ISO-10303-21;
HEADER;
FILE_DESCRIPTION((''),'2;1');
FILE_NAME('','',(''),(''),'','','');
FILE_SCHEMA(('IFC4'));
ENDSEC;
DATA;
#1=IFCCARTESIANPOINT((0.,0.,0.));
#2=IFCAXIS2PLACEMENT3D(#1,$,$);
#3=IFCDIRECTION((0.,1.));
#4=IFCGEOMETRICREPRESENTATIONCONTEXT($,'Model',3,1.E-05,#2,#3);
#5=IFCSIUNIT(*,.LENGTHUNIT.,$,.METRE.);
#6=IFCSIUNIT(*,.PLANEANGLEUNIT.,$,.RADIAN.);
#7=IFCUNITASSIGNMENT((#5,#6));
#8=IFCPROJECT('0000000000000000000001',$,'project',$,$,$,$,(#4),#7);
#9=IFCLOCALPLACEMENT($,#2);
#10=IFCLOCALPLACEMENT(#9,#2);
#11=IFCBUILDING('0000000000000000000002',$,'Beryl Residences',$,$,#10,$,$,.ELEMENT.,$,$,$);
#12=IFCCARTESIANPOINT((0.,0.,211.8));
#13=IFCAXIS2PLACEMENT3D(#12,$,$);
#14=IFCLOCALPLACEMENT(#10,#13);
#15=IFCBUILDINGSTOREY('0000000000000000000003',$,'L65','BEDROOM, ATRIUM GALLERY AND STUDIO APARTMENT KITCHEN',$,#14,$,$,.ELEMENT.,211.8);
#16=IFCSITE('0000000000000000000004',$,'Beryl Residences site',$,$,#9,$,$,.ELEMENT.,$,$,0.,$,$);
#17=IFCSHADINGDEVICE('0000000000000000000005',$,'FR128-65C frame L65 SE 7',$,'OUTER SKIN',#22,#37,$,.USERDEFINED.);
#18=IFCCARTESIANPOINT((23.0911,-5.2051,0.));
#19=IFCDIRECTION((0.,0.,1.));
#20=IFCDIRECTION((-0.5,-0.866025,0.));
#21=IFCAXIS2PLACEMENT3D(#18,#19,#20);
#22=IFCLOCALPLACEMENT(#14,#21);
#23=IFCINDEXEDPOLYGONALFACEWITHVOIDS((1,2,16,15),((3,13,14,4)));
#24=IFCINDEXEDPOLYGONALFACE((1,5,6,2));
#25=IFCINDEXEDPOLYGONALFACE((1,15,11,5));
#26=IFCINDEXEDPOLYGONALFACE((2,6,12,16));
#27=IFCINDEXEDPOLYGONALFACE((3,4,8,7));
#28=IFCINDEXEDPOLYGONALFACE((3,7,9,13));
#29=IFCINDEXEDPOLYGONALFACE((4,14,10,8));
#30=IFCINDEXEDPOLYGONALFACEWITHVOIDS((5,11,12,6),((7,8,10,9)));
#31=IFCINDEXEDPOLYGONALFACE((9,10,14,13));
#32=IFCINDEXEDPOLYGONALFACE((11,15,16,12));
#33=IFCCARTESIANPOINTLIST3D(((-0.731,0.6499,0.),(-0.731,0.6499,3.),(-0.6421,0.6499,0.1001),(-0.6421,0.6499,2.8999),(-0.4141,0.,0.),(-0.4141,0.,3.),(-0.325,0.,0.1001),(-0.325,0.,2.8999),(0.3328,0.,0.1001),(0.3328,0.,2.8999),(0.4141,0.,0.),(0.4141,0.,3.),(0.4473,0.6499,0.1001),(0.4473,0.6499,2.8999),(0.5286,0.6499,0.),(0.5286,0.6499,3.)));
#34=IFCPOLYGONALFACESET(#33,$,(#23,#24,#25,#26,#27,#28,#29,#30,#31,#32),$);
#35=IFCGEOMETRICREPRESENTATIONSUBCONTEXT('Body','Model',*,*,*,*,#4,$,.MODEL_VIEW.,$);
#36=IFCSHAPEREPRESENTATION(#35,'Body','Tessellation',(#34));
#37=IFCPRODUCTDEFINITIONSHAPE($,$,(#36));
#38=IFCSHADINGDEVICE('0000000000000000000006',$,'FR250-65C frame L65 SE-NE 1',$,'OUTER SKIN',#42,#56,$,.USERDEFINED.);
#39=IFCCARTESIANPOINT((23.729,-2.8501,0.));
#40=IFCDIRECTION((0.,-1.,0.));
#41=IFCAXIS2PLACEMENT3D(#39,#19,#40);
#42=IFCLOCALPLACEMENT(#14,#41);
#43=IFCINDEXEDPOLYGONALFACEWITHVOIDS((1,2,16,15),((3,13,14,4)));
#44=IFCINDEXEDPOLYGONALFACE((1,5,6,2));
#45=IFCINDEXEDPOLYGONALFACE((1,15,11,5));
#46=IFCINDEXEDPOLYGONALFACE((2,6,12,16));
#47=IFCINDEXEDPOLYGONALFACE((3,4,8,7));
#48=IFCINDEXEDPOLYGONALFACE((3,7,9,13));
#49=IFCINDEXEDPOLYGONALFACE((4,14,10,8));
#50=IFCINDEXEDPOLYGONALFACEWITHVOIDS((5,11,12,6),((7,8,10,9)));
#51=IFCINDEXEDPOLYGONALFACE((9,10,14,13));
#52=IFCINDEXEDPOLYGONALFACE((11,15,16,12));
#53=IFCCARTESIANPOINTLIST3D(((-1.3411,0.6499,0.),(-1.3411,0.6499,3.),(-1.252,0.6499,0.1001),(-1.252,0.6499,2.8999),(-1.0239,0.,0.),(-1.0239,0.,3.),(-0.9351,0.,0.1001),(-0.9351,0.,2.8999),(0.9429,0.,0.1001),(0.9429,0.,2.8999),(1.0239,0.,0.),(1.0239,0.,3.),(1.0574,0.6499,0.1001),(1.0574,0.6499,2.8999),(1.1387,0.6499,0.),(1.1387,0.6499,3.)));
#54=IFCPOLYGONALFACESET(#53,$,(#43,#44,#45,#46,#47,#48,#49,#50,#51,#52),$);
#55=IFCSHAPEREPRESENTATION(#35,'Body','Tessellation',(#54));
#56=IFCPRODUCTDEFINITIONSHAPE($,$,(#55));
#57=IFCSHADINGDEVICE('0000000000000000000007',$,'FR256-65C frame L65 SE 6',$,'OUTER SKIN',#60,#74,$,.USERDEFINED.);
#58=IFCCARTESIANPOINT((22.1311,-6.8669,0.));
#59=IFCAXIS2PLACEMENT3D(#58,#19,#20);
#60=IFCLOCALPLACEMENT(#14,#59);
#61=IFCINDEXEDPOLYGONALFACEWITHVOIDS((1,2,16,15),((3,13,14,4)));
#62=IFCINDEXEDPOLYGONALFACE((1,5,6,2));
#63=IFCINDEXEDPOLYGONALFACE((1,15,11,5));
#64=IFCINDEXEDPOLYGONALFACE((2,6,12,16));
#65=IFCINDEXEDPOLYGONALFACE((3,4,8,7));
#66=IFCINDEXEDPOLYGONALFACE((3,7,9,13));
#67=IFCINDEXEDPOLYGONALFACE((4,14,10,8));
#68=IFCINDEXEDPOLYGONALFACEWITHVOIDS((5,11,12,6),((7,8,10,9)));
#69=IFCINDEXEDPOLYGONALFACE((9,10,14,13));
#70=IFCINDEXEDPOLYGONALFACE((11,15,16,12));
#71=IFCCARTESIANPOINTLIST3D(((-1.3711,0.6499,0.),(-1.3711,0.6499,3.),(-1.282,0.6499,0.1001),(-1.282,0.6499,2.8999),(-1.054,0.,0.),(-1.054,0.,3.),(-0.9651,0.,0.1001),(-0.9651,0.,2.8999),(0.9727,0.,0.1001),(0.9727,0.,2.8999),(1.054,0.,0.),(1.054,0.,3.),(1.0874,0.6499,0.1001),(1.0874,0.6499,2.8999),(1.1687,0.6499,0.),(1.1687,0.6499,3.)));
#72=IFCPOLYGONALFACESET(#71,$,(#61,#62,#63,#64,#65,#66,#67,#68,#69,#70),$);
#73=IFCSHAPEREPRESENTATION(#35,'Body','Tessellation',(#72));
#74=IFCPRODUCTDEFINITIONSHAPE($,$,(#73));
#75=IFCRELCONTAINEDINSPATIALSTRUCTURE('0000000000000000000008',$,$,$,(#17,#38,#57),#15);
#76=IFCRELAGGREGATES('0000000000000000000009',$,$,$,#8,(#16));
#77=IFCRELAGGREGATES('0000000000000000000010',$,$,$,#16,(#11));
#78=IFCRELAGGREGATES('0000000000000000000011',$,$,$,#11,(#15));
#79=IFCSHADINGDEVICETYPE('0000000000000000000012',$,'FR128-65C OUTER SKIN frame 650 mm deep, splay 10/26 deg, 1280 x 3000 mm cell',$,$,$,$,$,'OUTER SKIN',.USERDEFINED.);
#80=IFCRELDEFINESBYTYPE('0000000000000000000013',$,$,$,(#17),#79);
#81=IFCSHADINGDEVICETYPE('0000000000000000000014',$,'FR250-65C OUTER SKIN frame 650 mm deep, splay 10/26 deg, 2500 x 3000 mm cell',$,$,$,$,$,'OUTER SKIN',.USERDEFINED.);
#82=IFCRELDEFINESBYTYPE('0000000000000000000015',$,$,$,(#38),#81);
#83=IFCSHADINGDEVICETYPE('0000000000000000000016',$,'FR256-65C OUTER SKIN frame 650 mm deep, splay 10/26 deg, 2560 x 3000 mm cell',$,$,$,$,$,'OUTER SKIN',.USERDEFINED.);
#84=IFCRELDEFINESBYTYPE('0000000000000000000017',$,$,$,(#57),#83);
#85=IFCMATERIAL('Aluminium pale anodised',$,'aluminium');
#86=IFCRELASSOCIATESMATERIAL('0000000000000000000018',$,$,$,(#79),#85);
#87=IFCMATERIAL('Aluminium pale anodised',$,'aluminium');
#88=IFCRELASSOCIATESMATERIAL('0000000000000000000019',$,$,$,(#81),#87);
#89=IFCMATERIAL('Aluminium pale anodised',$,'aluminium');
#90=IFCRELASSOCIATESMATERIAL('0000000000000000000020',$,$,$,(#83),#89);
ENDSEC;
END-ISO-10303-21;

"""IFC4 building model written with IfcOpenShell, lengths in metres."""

from ifc_helpers import new_model, entity, si_unit, direction, frame, origin, place, context, subcontext, project, spatial, source, transform, mapped, material, type_object, type_shapes, element, save


model = new_model("IFC4")

# Units and contexts
model_context = context("Model", 3, precision=1e-05, world=origin(), true_north=direction((0.0, 1.0)))
body_context = subcontext(model_context, "Body", "Model", "MODEL_VIEW")
ifc_project = project(units=[si_unit("LENGTHUNIT", "METRE"), si_unit("PLANEANGLEUNIT", "RADIAN")], contexts=[model_context])

# Site, building, storey
site_placement = place(None, origin())
site = spatial("IfcSite", under=ifc_project, at=site_placement, Name="Beryl Residences site", CompositionType="ELEMENT", RefElevation=0.0)
building_placement = place(site_placement, origin())
building = spatial("IfcBuilding", under=site, at=building_placement, Name="Beryl Residences", CompositionType="ELEMENT")
storey_placement = place(building_placement, frame((0.0, 0.0, 211.8)))
storey = spatial("IfcBuildingStorey", under=building, at=storey_placement, Name="L65", Description="BEDROOM, ATRIUM GALLERY AND STUDIO APARTMENT KITCHEN", CompositionType="ELEMENT", Elevation=211.8)

# Shading devices
ifc_material_1 = material(Name="Aluminium pale anodised", Category="aluminium")
shading_device_type_1 = type_object("IfcShadingDeviceType", Name="FR128-65C OUTER SKIN frame 650 mm deep, splay 10/26 deg, 1280 x 3000 mm cell", ElementType="OUTER SKIN", PredefinedType="USERDEFINED", material=ifc_material_1)
cartesian_point_1 = entity("IfcCartesianPoint", [-0.4141, 0.0])
cartesian_point_2 = entity("IfcCartesianPoint", [-0.3328, 0.1001])
cartesian_point_3 = entity("IfcCartesianPoint", [-0.5286, 0.0])
cartesian_point_4 = entity("IfcCartesianPoint", [-0.4473, 0.1001])
shared_shape_1 = source(origin(), body_context, "Body", "SweptSolid", [
    entity("IfcExtrudedAreaSolidTapered", entity("IfcArbitraryProfileDefWithVoids", "AREA", None, entity("IfcPolyline", [cartesian_point_1, entity("IfcCartesianPoint", [0.4141, 0.0]), entity("IfcCartesianPoint", [0.4141, 3.0]), entity("IfcCartesianPoint", [-0.4141, 3.0]), cartesian_point_1]), [entity("IfcPolyline", [cartesian_point_2, entity("IfcCartesianPoint", [0.325, 0.1001]), entity("IfcCartesianPoint", [0.325, 2.8999]), entity("IfcCartesianPoint", [-0.3328, 2.8999]), cartesian_point_2])]), entity("IfcAxis2Placement3D", entity("IfcCartesianPoint", [0.0, 0.0, 0.0]), entity("IfcDirection", [0.0, 1.0, 0.0]), entity("IfcDirection", [-1.0, 0.0, 0.0])), entity("IfcDirection", [0.0, 0.0, 1.0]), 0.6499, entity("IfcArbitraryProfileDefWithVoids", "AREA", None, entity("IfcPolyline", [cartesian_point_3, entity("IfcCartesianPoint", [0.731, 0.0]), entity("IfcCartesianPoint", [0.731, 3.0]), entity("IfcCartesianPoint", [-0.5286, 3.0]), cartesian_point_3]), [entity("IfcPolyline", [cartesian_point_4, entity("IfcCartesianPoint", [0.6421, 0.1001]), entity("IfcCartesianPoint", [0.6421, 2.8999]), entity("IfcCartesianPoint", [-0.4473, 2.8999]), cartesian_point_4])])),
])
type_shapes(shading_device_type_1, [shared_shape_1])
shading_device_1_placement = place(storey_placement, frame((23.0911, -5.2051, 0.0), z_axis=(0.0, 0.0, 1.0), x_axis=(-0.5, -0.866025, 0.0)))
element("IfcShadingDevice", 1, at=shading_device_1_placement, inside=storey, type_object=shading_device_type_1, Name="FR128-65C frame L65 SE 7", ObjectType="OUTER SKIN", PredefinedType="USERDEFINED", context=body_context, shape_type="MappedRepresentation", body=[
    mapped(shared_shape_1, transform((0.0, 0.0, 0.0))),
])
ifc_material_2 = material(Name="Aluminium pale anodised", Category="aluminium")
shading_device_type_2 = type_object("IfcShadingDeviceType", Name="FR250-65C OUTER SKIN frame 650 mm deep, splay 10/26 deg, 2500 x 3000 mm cell", ElementType="OUTER SKIN", PredefinedType="USERDEFINED", material=ifc_material_2)
cartesian_point_5 = entity("IfcCartesianPoint", [-1.0239, 0.0])
cartesian_point_6 = entity("IfcCartesianPoint", [-0.9429, 0.1001])
cartesian_point_7 = entity("IfcCartesianPoint", [-1.1387, 0.0])
cartesian_point_8 = entity("IfcCartesianPoint", [-1.0574, 0.1001])
shared_shape_2 = source(origin(), body_context, "Body", "SweptSolid", [
    entity("IfcExtrudedAreaSolidTapered", entity("IfcArbitraryProfileDefWithVoids", "AREA", None, entity("IfcPolyline", [cartesian_point_5, entity("IfcCartesianPoint", [1.0239, 0.0]), entity("IfcCartesianPoint", [1.0239, 3.0]), entity("IfcCartesianPoint", [-1.0239, 3.0]), cartesian_point_5]), [entity("IfcPolyline", [cartesian_point_6, entity("IfcCartesianPoint", [0.9351, 0.1001]), entity("IfcCartesianPoint", [0.9351, 2.8999]), entity("IfcCartesianPoint", [-0.9429, 2.8999]), cartesian_point_6])]), entity("IfcAxis2Placement3D", entity("IfcCartesianPoint", [0.0, 0.0, 0.0]), entity("IfcDirection", [0.0, 1.0, 0.0]), entity("IfcDirection", [-1.0, 0.0, 0.0])), entity("IfcDirection", [0.0, 0.0, 1.0]), 0.6499, entity("IfcArbitraryProfileDefWithVoids", "AREA", None, entity("IfcPolyline", [cartesian_point_7, entity("IfcCartesianPoint", [1.3411, 0.0]), entity("IfcCartesianPoint", [1.3411, 3.0]), entity("IfcCartesianPoint", [-1.1387, 3.0]), cartesian_point_7]), [entity("IfcPolyline", [cartesian_point_8, entity("IfcCartesianPoint", [1.252, 0.1001]), entity("IfcCartesianPoint", [1.252, 2.8999]), entity("IfcCartesianPoint", [-1.0574, 2.8999]), cartesian_point_8])])),
])
type_shapes(shading_device_type_2, [shared_shape_2])
shading_device_2_placement = place(storey_placement, frame((23.729, -2.8501, 0.0), z_axis=(0.0, 0.0, 1.0), x_axis=(0.0, -1.0, 0.0)))
element("IfcShadingDevice", 2, at=shading_device_2_placement, inside=storey, type_object=shading_device_type_2, Name="FR250-65C frame L65 SE-NE 1", ObjectType="OUTER SKIN", PredefinedType="USERDEFINED", context=body_context, shape_type="MappedRepresentation", body=[
    mapped(shared_shape_2, transform((0.0, 0.0, 0.0))),
])
ifc_material_3 = material(Name="Aluminium pale anodised", Category="aluminium")
shading_device_type_3 = type_object("IfcShadingDeviceType", Name="FR256-65C OUTER SKIN frame 650 mm deep, splay 10/26 deg, 2560 x 3000 mm cell", ElementType="OUTER SKIN", PredefinedType="USERDEFINED", material=ifc_material_3)
cartesian_point_9 = entity("IfcCartesianPoint", [-1.054, 0.0])
cartesian_point_10 = entity("IfcCartesianPoint", [-0.9727, 0.1001])
cartesian_point_11 = entity("IfcCartesianPoint", [-1.1687, 0.0])
cartesian_point_12 = entity("IfcCartesianPoint", [-1.0874, 0.1001])
shared_shape_3 = source(origin(), body_context, "Body", "SweptSolid", [
    entity("IfcExtrudedAreaSolidTapered", entity("IfcArbitraryProfileDefWithVoids", "AREA", None, entity("IfcPolyline", [cartesian_point_9, entity("IfcCartesianPoint", [1.054, 0.0]), entity("IfcCartesianPoint", [1.054, 3.0]), entity("IfcCartesianPoint", [-1.054, 3.0]), cartesian_point_9]), [entity("IfcPolyline", [cartesian_point_10, entity("IfcCartesianPoint", [0.9651, 0.1001]), entity("IfcCartesianPoint", [0.9651, 2.8999]), entity("IfcCartesianPoint", [-0.9727, 2.8999]), cartesian_point_10])]), entity("IfcAxis2Placement3D", entity("IfcCartesianPoint", [0.0, 0.0, 0.0]), entity("IfcDirection", [0.0, 1.0, 0.0]), entity("IfcDirection", [-1.0, 0.0, 0.0])), entity("IfcDirection", [0.0, 0.0, 1.0]), 0.6499, entity("IfcArbitraryProfileDefWithVoids", "AREA", None, entity("IfcPolyline", [cartesian_point_11, entity("IfcCartesianPoint", [1.3711, 0.0]), entity("IfcCartesianPoint", [1.3711, 3.0]), entity("IfcCartesianPoint", [-1.1687, 3.0]), cartesian_point_11]), [entity("IfcPolyline", [cartesian_point_12, entity("IfcCartesianPoint", [1.282, 0.1001]), entity("IfcCartesianPoint", [1.282, 2.8999]), entity("IfcCartesianPoint", [-1.0874, 2.8999]), cartesian_point_12])])),
])
type_shapes(shading_device_type_3, [shared_shape_3])
shading_device_3_placement = place(storey_placement, frame((22.1311, -6.8669, 0.0), z_axis=(0.0, 0.0, 1.0), x_axis=(-0.5, -0.866025, 0.0)))
element("IfcShadingDevice", 3, at=shading_device_3_placement, inside=storey, type_object=shading_device_type_3, Name="FR256-65C frame L65 SE 6", ObjectType="OUTER SKIN", PredefinedType="USERDEFINED", context=body_context, shape_type="MappedRepresentation", body=[
    mapped(shared_shape_3, transform((0.0, 0.0, 0.0))),
])

save(model, "model.ifc")
